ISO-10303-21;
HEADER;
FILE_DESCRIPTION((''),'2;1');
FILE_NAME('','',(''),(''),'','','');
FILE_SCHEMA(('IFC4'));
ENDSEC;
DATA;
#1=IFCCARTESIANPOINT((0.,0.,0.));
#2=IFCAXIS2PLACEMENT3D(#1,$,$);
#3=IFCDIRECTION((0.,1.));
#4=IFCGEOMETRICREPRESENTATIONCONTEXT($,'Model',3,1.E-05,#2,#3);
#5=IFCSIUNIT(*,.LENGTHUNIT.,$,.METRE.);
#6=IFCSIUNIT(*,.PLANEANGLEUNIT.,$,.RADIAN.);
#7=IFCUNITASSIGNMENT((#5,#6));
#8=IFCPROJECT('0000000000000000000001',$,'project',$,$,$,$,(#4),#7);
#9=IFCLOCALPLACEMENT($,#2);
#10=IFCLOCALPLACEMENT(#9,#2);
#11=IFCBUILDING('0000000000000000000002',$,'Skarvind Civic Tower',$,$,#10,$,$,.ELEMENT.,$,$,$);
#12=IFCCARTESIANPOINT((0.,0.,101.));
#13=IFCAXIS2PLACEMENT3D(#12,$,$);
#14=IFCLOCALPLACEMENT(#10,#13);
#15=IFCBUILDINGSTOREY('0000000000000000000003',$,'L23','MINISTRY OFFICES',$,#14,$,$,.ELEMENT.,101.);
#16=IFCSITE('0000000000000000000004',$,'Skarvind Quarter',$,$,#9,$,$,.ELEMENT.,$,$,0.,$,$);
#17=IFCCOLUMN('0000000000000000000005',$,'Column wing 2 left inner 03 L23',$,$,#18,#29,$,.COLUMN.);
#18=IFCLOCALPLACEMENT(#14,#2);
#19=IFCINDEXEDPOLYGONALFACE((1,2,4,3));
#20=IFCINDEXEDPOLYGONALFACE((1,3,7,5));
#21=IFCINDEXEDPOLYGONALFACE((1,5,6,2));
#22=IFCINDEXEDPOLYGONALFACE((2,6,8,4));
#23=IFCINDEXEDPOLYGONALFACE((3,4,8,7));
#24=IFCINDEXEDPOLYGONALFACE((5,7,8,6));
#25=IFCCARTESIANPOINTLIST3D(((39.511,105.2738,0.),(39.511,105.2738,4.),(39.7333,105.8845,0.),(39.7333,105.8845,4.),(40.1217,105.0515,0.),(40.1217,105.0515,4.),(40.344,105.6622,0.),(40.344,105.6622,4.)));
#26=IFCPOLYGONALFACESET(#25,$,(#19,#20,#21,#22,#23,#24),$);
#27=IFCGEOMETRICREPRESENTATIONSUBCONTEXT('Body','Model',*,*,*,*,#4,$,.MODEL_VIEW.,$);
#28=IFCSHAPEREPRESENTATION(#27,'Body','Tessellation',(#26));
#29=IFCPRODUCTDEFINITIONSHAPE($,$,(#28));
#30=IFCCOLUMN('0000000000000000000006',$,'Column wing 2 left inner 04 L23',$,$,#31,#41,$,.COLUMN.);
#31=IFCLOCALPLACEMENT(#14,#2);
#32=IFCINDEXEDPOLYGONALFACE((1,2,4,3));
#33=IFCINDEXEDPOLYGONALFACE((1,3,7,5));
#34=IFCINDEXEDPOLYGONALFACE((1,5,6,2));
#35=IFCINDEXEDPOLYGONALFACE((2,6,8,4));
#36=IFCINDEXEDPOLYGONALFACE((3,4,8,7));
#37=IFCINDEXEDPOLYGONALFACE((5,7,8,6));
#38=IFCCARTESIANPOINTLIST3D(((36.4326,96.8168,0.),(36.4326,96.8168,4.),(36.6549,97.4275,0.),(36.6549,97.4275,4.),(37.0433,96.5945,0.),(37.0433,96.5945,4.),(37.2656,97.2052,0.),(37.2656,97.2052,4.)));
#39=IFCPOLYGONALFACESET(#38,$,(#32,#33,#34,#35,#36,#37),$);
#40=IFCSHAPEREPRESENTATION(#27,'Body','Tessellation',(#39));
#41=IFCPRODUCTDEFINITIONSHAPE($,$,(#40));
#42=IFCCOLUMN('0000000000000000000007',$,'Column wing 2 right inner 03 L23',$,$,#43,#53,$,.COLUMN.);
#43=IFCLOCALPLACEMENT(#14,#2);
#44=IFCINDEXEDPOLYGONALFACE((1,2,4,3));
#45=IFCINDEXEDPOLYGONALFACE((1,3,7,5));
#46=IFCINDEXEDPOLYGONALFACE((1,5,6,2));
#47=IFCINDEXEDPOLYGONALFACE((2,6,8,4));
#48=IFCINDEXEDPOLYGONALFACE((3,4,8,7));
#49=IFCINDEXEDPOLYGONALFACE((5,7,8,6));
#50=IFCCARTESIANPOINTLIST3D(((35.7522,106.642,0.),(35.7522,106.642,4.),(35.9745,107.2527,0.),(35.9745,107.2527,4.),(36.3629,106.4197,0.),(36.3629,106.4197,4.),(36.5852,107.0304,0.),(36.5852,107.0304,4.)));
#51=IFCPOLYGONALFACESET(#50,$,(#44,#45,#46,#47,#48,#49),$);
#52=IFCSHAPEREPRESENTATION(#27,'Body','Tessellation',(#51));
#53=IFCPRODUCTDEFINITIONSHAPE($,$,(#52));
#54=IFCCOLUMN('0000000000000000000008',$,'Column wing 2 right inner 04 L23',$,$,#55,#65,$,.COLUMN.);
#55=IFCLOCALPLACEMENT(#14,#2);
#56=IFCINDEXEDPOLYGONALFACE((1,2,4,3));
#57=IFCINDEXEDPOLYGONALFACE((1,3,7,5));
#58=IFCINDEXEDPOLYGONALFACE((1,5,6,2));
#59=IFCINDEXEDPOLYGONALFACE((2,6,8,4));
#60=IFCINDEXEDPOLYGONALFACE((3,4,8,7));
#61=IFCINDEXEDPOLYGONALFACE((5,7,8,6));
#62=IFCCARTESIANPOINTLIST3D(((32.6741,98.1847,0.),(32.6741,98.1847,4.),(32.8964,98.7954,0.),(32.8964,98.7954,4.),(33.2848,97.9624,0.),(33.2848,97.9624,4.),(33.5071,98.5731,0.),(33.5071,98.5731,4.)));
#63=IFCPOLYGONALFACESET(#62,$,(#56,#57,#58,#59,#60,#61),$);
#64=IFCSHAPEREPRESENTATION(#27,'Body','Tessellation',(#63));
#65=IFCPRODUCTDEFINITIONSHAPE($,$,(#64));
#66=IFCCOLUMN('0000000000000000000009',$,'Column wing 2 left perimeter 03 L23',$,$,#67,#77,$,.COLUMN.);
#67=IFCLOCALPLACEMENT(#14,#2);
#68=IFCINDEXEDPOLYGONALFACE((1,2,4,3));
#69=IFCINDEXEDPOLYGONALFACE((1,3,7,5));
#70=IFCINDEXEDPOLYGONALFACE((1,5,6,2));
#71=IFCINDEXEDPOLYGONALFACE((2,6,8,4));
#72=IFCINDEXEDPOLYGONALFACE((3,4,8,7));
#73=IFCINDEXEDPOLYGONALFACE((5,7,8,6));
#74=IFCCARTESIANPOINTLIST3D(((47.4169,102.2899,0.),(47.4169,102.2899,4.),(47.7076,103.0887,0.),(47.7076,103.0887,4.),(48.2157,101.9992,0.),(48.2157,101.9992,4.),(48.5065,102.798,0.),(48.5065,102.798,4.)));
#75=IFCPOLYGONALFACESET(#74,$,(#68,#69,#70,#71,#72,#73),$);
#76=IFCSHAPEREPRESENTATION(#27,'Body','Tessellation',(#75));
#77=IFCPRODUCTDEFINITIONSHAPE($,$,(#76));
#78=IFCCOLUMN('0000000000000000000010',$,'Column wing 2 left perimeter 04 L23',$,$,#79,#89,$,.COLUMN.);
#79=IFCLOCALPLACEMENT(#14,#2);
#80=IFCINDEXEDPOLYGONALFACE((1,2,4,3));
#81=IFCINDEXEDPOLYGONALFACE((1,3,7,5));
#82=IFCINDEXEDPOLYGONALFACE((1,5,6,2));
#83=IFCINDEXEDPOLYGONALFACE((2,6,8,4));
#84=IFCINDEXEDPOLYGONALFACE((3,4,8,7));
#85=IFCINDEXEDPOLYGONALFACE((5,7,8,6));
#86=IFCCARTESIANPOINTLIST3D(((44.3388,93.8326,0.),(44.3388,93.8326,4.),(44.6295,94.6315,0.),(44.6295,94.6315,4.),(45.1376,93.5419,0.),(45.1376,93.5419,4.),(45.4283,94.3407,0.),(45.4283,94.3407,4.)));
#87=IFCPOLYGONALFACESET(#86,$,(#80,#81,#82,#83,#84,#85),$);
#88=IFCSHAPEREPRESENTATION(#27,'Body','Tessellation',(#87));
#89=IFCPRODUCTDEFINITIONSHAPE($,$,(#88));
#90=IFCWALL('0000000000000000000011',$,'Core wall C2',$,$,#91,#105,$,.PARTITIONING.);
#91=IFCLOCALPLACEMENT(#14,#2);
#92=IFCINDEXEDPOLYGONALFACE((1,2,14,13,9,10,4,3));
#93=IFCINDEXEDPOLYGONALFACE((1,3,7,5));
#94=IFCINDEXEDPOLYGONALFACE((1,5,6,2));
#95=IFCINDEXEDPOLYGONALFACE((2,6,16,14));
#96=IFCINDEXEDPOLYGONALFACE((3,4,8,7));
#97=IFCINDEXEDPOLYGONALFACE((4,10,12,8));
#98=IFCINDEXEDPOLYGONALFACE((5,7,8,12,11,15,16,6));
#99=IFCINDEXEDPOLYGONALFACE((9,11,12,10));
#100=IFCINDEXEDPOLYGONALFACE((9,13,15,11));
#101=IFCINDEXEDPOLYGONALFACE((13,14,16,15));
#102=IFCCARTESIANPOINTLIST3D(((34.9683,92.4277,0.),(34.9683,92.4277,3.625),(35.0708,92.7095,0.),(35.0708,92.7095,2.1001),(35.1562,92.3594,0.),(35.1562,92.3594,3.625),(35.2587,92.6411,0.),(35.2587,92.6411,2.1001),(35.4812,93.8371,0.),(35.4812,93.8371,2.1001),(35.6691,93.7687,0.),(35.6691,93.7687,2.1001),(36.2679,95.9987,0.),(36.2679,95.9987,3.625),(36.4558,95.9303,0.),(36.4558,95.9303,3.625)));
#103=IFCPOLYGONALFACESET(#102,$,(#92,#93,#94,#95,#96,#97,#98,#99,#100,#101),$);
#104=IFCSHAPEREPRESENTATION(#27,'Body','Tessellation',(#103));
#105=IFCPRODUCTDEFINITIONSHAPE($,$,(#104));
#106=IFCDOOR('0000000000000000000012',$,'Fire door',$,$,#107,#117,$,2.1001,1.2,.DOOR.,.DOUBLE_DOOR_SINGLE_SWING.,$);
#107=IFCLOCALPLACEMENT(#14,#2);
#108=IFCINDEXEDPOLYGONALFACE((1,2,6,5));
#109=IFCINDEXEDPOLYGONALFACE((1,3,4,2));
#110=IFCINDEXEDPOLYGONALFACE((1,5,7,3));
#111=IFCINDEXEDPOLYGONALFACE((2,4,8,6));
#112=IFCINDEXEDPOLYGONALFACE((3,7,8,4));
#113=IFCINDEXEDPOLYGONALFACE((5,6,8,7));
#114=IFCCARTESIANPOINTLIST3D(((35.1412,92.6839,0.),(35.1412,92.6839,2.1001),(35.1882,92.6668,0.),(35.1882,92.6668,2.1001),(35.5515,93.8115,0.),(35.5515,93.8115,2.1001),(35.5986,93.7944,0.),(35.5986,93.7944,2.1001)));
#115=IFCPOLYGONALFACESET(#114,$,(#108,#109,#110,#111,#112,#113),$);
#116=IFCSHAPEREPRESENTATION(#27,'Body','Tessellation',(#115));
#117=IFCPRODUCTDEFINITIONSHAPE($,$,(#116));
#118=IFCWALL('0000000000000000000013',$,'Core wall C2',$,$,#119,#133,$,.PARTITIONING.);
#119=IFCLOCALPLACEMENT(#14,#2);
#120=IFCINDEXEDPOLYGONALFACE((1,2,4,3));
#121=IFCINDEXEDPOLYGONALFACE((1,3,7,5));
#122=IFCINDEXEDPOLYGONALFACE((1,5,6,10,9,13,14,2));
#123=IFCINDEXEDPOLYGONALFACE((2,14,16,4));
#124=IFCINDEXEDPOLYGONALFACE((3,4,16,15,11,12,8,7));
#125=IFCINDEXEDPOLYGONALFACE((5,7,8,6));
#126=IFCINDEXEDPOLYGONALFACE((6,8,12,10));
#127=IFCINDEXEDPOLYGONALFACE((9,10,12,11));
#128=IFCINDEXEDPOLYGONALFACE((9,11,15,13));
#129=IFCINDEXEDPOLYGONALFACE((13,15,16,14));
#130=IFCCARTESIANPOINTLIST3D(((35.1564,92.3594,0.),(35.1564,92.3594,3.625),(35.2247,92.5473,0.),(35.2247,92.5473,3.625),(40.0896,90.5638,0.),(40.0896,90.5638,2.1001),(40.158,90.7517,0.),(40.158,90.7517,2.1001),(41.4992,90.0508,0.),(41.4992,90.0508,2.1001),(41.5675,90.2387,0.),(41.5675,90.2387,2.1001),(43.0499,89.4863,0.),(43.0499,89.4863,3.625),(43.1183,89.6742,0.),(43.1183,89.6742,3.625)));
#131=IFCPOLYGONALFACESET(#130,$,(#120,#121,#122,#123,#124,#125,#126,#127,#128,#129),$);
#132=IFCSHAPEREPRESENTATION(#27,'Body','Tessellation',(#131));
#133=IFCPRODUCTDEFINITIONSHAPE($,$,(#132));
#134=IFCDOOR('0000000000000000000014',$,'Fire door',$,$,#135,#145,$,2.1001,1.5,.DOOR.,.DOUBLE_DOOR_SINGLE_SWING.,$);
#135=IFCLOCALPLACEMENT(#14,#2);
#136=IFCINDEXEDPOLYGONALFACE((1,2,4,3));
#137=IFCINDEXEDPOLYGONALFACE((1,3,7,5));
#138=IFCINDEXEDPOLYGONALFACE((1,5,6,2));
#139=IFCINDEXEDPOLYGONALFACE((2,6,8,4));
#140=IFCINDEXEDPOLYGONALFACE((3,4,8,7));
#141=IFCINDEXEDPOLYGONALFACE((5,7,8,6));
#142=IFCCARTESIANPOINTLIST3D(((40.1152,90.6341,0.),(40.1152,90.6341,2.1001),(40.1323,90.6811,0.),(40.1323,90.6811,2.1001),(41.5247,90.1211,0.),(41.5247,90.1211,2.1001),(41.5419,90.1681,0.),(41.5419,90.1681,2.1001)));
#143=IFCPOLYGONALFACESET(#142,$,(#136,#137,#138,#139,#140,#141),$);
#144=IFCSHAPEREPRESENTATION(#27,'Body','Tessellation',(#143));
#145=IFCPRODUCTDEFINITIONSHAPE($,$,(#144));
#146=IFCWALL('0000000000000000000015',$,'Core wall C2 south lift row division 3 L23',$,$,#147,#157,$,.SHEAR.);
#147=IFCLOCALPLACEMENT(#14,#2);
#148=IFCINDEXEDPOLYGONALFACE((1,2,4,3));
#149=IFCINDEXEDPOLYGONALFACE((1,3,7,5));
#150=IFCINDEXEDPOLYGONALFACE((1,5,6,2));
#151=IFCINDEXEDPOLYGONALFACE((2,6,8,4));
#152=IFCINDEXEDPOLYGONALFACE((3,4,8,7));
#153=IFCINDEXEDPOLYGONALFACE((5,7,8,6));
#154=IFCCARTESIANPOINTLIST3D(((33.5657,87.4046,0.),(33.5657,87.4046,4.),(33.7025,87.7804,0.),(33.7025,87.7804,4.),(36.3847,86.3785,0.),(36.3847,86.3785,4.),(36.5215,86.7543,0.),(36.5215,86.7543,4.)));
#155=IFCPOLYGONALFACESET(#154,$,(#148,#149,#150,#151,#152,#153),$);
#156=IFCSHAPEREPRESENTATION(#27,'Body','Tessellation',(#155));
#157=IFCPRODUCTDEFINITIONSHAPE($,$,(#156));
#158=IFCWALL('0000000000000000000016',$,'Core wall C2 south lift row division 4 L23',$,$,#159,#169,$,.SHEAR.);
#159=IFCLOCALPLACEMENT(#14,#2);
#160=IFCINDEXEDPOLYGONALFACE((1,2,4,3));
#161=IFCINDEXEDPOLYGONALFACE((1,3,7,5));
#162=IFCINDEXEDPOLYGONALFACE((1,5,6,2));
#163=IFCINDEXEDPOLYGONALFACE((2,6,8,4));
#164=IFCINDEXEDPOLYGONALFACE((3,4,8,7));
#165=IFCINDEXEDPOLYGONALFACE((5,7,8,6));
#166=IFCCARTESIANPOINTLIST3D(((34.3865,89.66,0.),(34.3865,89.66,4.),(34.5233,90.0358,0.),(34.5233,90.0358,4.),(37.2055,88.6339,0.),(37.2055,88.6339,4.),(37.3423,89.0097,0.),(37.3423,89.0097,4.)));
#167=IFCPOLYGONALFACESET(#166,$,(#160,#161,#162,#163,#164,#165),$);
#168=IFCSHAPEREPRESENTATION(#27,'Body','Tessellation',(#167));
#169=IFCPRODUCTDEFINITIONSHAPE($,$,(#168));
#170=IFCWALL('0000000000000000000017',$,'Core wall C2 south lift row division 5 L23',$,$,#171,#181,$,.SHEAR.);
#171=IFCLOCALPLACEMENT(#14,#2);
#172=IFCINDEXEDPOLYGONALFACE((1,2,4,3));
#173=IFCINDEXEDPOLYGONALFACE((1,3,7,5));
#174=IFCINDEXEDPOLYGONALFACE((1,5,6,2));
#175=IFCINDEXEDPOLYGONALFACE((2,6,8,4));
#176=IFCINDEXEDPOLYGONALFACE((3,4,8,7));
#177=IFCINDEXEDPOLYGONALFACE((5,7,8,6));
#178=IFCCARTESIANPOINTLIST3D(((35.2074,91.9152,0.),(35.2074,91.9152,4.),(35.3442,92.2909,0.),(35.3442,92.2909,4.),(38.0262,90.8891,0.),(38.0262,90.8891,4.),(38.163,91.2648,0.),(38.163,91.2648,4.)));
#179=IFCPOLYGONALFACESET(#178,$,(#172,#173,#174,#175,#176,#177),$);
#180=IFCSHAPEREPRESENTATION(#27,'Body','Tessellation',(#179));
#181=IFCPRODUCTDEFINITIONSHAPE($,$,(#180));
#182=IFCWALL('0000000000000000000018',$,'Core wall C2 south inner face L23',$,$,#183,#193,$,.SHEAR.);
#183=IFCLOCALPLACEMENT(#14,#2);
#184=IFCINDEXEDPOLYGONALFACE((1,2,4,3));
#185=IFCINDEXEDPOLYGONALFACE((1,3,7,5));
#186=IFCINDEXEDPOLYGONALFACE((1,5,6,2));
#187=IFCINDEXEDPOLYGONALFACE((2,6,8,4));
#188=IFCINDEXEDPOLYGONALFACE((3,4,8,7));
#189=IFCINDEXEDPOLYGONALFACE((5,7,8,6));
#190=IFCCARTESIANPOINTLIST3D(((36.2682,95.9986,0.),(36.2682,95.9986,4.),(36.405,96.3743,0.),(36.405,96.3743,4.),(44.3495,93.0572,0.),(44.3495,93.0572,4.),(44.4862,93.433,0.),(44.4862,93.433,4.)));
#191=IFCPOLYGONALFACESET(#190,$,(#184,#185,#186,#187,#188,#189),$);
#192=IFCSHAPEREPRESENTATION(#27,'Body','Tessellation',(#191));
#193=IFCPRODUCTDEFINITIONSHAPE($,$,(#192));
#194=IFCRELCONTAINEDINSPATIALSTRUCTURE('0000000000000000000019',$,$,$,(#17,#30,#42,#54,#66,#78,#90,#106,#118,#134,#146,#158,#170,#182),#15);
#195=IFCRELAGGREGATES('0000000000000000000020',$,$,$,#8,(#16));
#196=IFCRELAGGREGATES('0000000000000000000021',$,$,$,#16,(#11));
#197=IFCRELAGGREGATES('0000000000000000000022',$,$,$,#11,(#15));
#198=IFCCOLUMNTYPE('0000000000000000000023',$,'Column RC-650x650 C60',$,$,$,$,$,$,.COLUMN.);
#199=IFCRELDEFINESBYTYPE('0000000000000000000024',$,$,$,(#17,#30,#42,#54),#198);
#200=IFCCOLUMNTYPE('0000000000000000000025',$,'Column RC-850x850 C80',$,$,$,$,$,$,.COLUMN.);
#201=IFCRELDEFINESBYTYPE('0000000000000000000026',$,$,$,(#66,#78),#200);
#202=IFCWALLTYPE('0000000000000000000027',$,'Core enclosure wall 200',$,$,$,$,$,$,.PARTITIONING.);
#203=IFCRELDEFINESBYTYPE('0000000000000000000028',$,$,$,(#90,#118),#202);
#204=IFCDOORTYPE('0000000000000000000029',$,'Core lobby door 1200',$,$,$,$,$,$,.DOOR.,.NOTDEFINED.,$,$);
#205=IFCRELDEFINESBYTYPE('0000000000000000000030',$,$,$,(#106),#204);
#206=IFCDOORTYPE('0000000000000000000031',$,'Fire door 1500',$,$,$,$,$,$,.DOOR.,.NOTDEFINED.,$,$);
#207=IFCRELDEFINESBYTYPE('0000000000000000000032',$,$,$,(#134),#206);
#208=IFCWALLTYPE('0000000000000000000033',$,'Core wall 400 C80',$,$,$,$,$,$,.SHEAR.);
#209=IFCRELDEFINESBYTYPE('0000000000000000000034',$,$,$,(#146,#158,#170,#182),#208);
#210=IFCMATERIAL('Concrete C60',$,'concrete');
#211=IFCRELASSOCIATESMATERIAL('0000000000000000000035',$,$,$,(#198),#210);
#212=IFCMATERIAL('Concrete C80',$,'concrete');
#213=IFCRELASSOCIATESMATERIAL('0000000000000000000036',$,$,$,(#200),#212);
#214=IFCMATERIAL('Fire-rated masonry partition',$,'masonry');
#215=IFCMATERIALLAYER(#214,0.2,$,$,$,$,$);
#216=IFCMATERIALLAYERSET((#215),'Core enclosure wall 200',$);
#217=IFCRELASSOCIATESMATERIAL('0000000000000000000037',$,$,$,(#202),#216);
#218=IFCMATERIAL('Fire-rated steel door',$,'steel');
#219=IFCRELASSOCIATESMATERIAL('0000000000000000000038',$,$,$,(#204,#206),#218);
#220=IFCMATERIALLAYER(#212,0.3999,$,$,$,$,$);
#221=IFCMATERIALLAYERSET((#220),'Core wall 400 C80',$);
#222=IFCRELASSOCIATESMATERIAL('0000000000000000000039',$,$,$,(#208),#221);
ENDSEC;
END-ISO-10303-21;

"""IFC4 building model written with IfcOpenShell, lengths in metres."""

from ifc_helpers import new_model, si_unit, direction, frame, frame_2d, origin, origin_2d, place, context, subcontext, project, spatial, rectangle, extrude, material, layer, layer_set, material_profile, profile_set, type_object, element, fill, save


model = new_model("IFC4")

# Units and contexts
model_context = context("Model", 3, precision=1e-05, world=origin(), true_north=direction((0.0, 1.0)))
body_context = subcontext(model_context, "Body", "Model", "MODEL_VIEW")
ifc_project = project(units=[si_unit("LENGTHUNIT", "METRE"), si_unit("PLANEANGLEUNIT", "RADIAN")], contexts=[model_context])

# Site, building, storey
site_placement = place(None, origin())
site = spatial("IfcSite", under=ifc_project, at=site_placement, Name="Skarvind Quarter", CompositionType="ELEMENT", RefElevation=0.0)
building_placement = place(site_placement, origin())
building = spatial("IfcBuilding", under=site, at=building_placement, Name="Skarvind Civic Tower", CompositionType="ELEMENT")
storey_placement = place(building_placement, frame((0.0, 0.0, 101.0)))
storey = spatial("IfcBuildingStorey", under=building, at=storey_placement, Name="L23", Description="MINISTRY OFFICES", CompositionType="ELEMENT", Elevation=101.0)

# Columns
ifc_material_1 = material(Name="Concrete C60", Category="concrete")
ifc_material_profile_1 = material_profile(ifc_material_1, rectangle(XDim=0.6499, YDim=0.6499, at=origin_2d()), Name="RC-650x650")
ifc_profile_set_1 = profile_set([ifc_material_profile_1], Name="Concrete C60")
column_type_1 = type_object("IfcColumnType", Name="Column RC-650x650 C60", PredefinedType="COLUMN", material=ifc_profile_set_1)
for number, where, z_axis, x_axis, name in (
    (1, (39.9275, 105.468, 0.0), (0.0, 0.0, 1.0), (-0.34202, -0.939693, 0.0), "Column wing 2 left inner 03 L23"),
    (2, (36.8491, 97.011, 0.0), (0.0, 0.0, 1.0), (-0.34202, -0.939693, 0.0), "Column wing 2 left inner 04 L23"),
    (3, (36.1687, 106.8362, 0.0), (0.0, 0.0, 1.0), (-0.34202, -0.939693, 0.0), "Column wing 2 right inner 03 L23"),
    (4, (33.0906, 98.3789, 0.0), (0.0, 0.0, 1.0), (-0.34202, -0.939693, 0.0), "Column wing 2 right inner 04 L23"),
):
    element("IfcColumn", number, at=place(storey_placement, frame(where, z_axis=z_axis, x_axis=x_axis)), inside=storey, type_object=column_type_1, Name=name, PredefinedType="COLUMN", context=body_context, shape_type="SweptSolid", body=[
        extrude(rectangle(XDim=0.6499, YDim=0.6499, at=origin_2d()), origin(), (0.0, 0.0, 1.0), 4.0),
    ])
ifc_material_2 = material(Name="Concrete C80", Category="concrete")
ifc_material_profile_2 = material_profile(ifc_material_2, rectangle(XDim=0.8501, YDim=0.8501, at=origin_2d()), Name="RC-850x850")
ifc_profile_set_2 = profile_set([ifc_material_profile_2], Name="Concrete C80")
column_type_2 = type_object("IfcColumnType", Name="Column RC-850x850 C80", PredefinedType="COLUMN", material=ifc_profile_set_2)
for number, where, z_axis, x_axis, name in (
    (5, (47.9617, 102.5439, 0.0), (0.0, 0.0, 1.0), (-0.34202, -0.939693, 0.0), "Column wing 2 left perimeter 03 L23"),
    (6, (44.8835, 94.0867, 0.0), (0.0, 0.0, 1.0), (-0.34202, -0.939693, 0.0), "Column wing 2 left perimeter 04 L23"),
):
    element("IfcColumn", number, at=place(storey_placement, frame(where, z_axis=z_axis, x_axis=x_axis)), inside=storey, type_object=column_type_2, Name=name, PredefinedType="COLUMN", context=body_context, shape_type="SweptSolid", body=[
        extrude(rectangle(XDim=0.8501, YDim=0.8501, at=origin_2d()), origin(), (0.0, 0.0, 1.0), 4.0),
    ])

# Walls, openings, doors
ifc_material_3 = material(Name="Fire-rated masonry partition", Category="masonry")
ifc_layer_1 = layer(ifc_material_3, 0.2)
ifc_layer_set_1 = layer_set([ifc_layer_1], Name="Core enclosure wall 200")
wall_type_1 = type_object("IfcWallType", Name="Core enclosure wall 200", PredefinedType="PARTITIONING", material=ifc_layer_set_1)
wall_1_placement = place(storey_placement, frame((36.3618, 95.9644, 0.0), z_axis=(0.0, 0.0, 1.0), x_axis=(-0.341996, -0.939701, 0.0)))
wall_1 = element("IfcWall", 7, at=wall_1_placement, inside=storey, type_object=wall_type_1, Name="Core wall C2", PredefinedType="PARTITIONING", context=body_context, shape_type="SweptSolid", body=[
    extrude(rectangle(XDim=3.8, YDim=0.2, at=frame_2d((1.8999, 0.0))), origin(), (0.0, 0.0, 1.0), 3.625),
])
opening_1_placement = place(wall_1_placement, frame((2.3, 0.0, 0.0)))
opening_1 = element("IfcOpeningElement", 8, at=opening_1_placement, cuts=wall_1, PredefinedType="OPENING", context=body_context, shape_type="SweptSolid", body=[
    extrude(rectangle(XDim=1.2, YDim=2.1001, at=frame_2d((0.6001, 1.05))), frame((0.0, 0.1099, 0.0), z_axis=(0.0, -1.0, 0.0), x_axis=(1.0, 0.0, 0.0)), (0.0, 0.0, 1.0), 0.22),
])
ifc_material_4 = material(Name="Fire-rated steel door", Category="steel")
door_type_1 = type_object("IfcDoorType", Name="Core lobby door 1200", OperationType="NOTDEFINED", PredefinedType="DOOR", material=ifc_material_4)
door_1_placement = place(opening_1_placement, origin())
door_1 = element("IfcDoor", 9, at=door_1_placement, inside=storey, type_object=door_type_1, Name="Fire door", OperationType="DOUBLE_DOOR_SINGLE_SWING", OverallHeight=2.1001, OverallWidth=1.2, PredefinedType="DOOR", context=body_context, shape_type="SweptSolid", body=[
    extrude(rectangle(XDim=1.2, YDim=2.1001, at=frame_2d((0.6001, 1.05))), frame((0.0, 0.0249, 0.0), z_axis=(0.0, -1.0, 0.0), x_axis=(1.0, 0.0, 0.0)), (0.0, 0.0, 1.0), 0.05),
])
fill(opening_1, door_1)
wall_2_placement = place(storey_placement, frame((35.1904, 92.4534, 0.0), z_axis=(0.0, 0.0, 1.0), x_axis=(0.939692, -0.342023, 0.0)))
wall_2 = element("IfcWall", 10, at=wall_2_placement, inside=storey, type_object=wall_type_1, Name="Core wall C2", PredefinedType="PARTITIONING", context=body_context, shape_type="SweptSolid", body=[
    extrude(rectangle(XDim=8.4001, YDim=0.2, at=frame_2d((4.2002, 0.0))), origin(), (0.0, 0.0, 1.0), 3.625),
])
opening_2_placement = place(wall_2_placement, frame((5.25, 0.0, 0.0)))
opening_2 = element("IfcOpeningElement", 11, at=opening_2_placement, cuts=wall_2, PredefinedType="OPENING", context=body_context, shape_type="SweptSolid", body=[
    extrude(rectangle(XDim=1.5, YDim=2.1001, at=frame_2d((0.75, 1.05))), frame((0.0, 0.1099, 0.0), z_axis=(0.0, -1.0, 0.0), x_axis=(1.0, 0.0, 0.0)), (0.0, 0.0, 1.0), 0.22),
])
door_type_2 = type_object("IfcDoorType", Name="Fire door 1500", OperationType="NOTDEFINED", PredefinedType="DOOR", material=ifc_material_4)
door_2_placement = place(opening_2_placement, origin())
door_2 = element("IfcDoor", 12, at=door_2_placement, inside=storey, type_object=door_type_2, Name="Fire door", OperationType="DOUBLE_DOOR_SINGLE_SWING", OverallHeight=2.1001, OverallWidth=1.5, PredefinedType="DOOR", context=body_context, shape_type="SweptSolid", body=[
    extrude(rectangle(XDim=1.5, YDim=2.1001, at=frame_2d((0.75, 1.05))), frame((0.0, 0.0249, 0.0), z_axis=(0.0, -1.0, 0.0), x_axis=(1.0, 0.0, 0.0)), (0.0, 0.0, 1.0), 0.05),
])
fill(opening_2, door_2)

# Walls
ifc_layer_2 = layer(ifc_material_2, 0.3999)
ifc_layer_set_2 = layer_set([ifc_layer_2], Name="Core wall 400 C80")
wall_type_2 = type_object("IfcWallType", Name="Core wall 400 C80", PredefinedType="SHEAR", material=ifc_layer_set_2)
for number, where, z_axis, x_axis, name in (
    (13, (36.4531, 86.5664, 0.0), (0.0, 0.0, 1.0), (-0.939686, 0.342037, 0.0), "Core wall C2 south lift row division 3 L23"),
    (14, (37.2739, 88.8218, 0.0), (0.0, 0.0, 1.0), (-0.939686, 0.342037, 0.0), "Core wall C2 south lift row division 4 L23"),
):
    element("IfcWall", number, at=place(storey_placement, frame(where, z_axis=z_axis, x_axis=x_axis)), inside=storey, type_object=wall_type_2, Name=name, PredefinedType="SHEAR", context=body_context, shape_type="SweptSolid", body=[
        extrude(rectangle(XDim=3.0, YDim=0.3999, at=frame_2d((1.5, 0.0))), origin(), (0.0, 0.0, 1.0), 4.0),
    ])
wall_3_placement = place(storey_placement, frame((38.0947, 91.0769, 0.0), z_axis=(0.0, 0.0, 1.0), x_axis=(-0.939677, 0.342063, 0.0)))
element("IfcWall", 15, at=wall_3_placement, inside=storey, type_object=wall_type_2, Name="Core wall C2 south lift row division 5 L23", PredefinedType="SHEAR", context=body_context, shape_type="SweptSolid", body=[
    extrude(rectangle(XDim=2.9998, YDim=0.3999, at=frame_2d((1.5, 0.0))), origin(), (0.0, 0.0, 1.0), 4.0),
])
for number, where, z_axis, x_axis, name in (
    (16, (44.4177, 93.2451, 0.0), (0.0, 0.0, 1.0), (-0.939691, 0.342026, 0.0), "Core wall C2 south inner face L23"),
):
    element("IfcWall", number, at=place(storey_placement, frame(where, z_axis=z_axis, x_axis=x_axis)), inside=storey, type_object=wall_type_2, Name=name, PredefinedType="SHEAR", context=body_context, shape_type="SweptSolid", body=[
        extrude(rectangle(XDim=8.5999, YDim=0.3999, at=frame_2d((4.2998, 0.0))), origin(), (0.0, 0.0, 1.0), 4.0),
    ])

save(model, "model.ifc")
